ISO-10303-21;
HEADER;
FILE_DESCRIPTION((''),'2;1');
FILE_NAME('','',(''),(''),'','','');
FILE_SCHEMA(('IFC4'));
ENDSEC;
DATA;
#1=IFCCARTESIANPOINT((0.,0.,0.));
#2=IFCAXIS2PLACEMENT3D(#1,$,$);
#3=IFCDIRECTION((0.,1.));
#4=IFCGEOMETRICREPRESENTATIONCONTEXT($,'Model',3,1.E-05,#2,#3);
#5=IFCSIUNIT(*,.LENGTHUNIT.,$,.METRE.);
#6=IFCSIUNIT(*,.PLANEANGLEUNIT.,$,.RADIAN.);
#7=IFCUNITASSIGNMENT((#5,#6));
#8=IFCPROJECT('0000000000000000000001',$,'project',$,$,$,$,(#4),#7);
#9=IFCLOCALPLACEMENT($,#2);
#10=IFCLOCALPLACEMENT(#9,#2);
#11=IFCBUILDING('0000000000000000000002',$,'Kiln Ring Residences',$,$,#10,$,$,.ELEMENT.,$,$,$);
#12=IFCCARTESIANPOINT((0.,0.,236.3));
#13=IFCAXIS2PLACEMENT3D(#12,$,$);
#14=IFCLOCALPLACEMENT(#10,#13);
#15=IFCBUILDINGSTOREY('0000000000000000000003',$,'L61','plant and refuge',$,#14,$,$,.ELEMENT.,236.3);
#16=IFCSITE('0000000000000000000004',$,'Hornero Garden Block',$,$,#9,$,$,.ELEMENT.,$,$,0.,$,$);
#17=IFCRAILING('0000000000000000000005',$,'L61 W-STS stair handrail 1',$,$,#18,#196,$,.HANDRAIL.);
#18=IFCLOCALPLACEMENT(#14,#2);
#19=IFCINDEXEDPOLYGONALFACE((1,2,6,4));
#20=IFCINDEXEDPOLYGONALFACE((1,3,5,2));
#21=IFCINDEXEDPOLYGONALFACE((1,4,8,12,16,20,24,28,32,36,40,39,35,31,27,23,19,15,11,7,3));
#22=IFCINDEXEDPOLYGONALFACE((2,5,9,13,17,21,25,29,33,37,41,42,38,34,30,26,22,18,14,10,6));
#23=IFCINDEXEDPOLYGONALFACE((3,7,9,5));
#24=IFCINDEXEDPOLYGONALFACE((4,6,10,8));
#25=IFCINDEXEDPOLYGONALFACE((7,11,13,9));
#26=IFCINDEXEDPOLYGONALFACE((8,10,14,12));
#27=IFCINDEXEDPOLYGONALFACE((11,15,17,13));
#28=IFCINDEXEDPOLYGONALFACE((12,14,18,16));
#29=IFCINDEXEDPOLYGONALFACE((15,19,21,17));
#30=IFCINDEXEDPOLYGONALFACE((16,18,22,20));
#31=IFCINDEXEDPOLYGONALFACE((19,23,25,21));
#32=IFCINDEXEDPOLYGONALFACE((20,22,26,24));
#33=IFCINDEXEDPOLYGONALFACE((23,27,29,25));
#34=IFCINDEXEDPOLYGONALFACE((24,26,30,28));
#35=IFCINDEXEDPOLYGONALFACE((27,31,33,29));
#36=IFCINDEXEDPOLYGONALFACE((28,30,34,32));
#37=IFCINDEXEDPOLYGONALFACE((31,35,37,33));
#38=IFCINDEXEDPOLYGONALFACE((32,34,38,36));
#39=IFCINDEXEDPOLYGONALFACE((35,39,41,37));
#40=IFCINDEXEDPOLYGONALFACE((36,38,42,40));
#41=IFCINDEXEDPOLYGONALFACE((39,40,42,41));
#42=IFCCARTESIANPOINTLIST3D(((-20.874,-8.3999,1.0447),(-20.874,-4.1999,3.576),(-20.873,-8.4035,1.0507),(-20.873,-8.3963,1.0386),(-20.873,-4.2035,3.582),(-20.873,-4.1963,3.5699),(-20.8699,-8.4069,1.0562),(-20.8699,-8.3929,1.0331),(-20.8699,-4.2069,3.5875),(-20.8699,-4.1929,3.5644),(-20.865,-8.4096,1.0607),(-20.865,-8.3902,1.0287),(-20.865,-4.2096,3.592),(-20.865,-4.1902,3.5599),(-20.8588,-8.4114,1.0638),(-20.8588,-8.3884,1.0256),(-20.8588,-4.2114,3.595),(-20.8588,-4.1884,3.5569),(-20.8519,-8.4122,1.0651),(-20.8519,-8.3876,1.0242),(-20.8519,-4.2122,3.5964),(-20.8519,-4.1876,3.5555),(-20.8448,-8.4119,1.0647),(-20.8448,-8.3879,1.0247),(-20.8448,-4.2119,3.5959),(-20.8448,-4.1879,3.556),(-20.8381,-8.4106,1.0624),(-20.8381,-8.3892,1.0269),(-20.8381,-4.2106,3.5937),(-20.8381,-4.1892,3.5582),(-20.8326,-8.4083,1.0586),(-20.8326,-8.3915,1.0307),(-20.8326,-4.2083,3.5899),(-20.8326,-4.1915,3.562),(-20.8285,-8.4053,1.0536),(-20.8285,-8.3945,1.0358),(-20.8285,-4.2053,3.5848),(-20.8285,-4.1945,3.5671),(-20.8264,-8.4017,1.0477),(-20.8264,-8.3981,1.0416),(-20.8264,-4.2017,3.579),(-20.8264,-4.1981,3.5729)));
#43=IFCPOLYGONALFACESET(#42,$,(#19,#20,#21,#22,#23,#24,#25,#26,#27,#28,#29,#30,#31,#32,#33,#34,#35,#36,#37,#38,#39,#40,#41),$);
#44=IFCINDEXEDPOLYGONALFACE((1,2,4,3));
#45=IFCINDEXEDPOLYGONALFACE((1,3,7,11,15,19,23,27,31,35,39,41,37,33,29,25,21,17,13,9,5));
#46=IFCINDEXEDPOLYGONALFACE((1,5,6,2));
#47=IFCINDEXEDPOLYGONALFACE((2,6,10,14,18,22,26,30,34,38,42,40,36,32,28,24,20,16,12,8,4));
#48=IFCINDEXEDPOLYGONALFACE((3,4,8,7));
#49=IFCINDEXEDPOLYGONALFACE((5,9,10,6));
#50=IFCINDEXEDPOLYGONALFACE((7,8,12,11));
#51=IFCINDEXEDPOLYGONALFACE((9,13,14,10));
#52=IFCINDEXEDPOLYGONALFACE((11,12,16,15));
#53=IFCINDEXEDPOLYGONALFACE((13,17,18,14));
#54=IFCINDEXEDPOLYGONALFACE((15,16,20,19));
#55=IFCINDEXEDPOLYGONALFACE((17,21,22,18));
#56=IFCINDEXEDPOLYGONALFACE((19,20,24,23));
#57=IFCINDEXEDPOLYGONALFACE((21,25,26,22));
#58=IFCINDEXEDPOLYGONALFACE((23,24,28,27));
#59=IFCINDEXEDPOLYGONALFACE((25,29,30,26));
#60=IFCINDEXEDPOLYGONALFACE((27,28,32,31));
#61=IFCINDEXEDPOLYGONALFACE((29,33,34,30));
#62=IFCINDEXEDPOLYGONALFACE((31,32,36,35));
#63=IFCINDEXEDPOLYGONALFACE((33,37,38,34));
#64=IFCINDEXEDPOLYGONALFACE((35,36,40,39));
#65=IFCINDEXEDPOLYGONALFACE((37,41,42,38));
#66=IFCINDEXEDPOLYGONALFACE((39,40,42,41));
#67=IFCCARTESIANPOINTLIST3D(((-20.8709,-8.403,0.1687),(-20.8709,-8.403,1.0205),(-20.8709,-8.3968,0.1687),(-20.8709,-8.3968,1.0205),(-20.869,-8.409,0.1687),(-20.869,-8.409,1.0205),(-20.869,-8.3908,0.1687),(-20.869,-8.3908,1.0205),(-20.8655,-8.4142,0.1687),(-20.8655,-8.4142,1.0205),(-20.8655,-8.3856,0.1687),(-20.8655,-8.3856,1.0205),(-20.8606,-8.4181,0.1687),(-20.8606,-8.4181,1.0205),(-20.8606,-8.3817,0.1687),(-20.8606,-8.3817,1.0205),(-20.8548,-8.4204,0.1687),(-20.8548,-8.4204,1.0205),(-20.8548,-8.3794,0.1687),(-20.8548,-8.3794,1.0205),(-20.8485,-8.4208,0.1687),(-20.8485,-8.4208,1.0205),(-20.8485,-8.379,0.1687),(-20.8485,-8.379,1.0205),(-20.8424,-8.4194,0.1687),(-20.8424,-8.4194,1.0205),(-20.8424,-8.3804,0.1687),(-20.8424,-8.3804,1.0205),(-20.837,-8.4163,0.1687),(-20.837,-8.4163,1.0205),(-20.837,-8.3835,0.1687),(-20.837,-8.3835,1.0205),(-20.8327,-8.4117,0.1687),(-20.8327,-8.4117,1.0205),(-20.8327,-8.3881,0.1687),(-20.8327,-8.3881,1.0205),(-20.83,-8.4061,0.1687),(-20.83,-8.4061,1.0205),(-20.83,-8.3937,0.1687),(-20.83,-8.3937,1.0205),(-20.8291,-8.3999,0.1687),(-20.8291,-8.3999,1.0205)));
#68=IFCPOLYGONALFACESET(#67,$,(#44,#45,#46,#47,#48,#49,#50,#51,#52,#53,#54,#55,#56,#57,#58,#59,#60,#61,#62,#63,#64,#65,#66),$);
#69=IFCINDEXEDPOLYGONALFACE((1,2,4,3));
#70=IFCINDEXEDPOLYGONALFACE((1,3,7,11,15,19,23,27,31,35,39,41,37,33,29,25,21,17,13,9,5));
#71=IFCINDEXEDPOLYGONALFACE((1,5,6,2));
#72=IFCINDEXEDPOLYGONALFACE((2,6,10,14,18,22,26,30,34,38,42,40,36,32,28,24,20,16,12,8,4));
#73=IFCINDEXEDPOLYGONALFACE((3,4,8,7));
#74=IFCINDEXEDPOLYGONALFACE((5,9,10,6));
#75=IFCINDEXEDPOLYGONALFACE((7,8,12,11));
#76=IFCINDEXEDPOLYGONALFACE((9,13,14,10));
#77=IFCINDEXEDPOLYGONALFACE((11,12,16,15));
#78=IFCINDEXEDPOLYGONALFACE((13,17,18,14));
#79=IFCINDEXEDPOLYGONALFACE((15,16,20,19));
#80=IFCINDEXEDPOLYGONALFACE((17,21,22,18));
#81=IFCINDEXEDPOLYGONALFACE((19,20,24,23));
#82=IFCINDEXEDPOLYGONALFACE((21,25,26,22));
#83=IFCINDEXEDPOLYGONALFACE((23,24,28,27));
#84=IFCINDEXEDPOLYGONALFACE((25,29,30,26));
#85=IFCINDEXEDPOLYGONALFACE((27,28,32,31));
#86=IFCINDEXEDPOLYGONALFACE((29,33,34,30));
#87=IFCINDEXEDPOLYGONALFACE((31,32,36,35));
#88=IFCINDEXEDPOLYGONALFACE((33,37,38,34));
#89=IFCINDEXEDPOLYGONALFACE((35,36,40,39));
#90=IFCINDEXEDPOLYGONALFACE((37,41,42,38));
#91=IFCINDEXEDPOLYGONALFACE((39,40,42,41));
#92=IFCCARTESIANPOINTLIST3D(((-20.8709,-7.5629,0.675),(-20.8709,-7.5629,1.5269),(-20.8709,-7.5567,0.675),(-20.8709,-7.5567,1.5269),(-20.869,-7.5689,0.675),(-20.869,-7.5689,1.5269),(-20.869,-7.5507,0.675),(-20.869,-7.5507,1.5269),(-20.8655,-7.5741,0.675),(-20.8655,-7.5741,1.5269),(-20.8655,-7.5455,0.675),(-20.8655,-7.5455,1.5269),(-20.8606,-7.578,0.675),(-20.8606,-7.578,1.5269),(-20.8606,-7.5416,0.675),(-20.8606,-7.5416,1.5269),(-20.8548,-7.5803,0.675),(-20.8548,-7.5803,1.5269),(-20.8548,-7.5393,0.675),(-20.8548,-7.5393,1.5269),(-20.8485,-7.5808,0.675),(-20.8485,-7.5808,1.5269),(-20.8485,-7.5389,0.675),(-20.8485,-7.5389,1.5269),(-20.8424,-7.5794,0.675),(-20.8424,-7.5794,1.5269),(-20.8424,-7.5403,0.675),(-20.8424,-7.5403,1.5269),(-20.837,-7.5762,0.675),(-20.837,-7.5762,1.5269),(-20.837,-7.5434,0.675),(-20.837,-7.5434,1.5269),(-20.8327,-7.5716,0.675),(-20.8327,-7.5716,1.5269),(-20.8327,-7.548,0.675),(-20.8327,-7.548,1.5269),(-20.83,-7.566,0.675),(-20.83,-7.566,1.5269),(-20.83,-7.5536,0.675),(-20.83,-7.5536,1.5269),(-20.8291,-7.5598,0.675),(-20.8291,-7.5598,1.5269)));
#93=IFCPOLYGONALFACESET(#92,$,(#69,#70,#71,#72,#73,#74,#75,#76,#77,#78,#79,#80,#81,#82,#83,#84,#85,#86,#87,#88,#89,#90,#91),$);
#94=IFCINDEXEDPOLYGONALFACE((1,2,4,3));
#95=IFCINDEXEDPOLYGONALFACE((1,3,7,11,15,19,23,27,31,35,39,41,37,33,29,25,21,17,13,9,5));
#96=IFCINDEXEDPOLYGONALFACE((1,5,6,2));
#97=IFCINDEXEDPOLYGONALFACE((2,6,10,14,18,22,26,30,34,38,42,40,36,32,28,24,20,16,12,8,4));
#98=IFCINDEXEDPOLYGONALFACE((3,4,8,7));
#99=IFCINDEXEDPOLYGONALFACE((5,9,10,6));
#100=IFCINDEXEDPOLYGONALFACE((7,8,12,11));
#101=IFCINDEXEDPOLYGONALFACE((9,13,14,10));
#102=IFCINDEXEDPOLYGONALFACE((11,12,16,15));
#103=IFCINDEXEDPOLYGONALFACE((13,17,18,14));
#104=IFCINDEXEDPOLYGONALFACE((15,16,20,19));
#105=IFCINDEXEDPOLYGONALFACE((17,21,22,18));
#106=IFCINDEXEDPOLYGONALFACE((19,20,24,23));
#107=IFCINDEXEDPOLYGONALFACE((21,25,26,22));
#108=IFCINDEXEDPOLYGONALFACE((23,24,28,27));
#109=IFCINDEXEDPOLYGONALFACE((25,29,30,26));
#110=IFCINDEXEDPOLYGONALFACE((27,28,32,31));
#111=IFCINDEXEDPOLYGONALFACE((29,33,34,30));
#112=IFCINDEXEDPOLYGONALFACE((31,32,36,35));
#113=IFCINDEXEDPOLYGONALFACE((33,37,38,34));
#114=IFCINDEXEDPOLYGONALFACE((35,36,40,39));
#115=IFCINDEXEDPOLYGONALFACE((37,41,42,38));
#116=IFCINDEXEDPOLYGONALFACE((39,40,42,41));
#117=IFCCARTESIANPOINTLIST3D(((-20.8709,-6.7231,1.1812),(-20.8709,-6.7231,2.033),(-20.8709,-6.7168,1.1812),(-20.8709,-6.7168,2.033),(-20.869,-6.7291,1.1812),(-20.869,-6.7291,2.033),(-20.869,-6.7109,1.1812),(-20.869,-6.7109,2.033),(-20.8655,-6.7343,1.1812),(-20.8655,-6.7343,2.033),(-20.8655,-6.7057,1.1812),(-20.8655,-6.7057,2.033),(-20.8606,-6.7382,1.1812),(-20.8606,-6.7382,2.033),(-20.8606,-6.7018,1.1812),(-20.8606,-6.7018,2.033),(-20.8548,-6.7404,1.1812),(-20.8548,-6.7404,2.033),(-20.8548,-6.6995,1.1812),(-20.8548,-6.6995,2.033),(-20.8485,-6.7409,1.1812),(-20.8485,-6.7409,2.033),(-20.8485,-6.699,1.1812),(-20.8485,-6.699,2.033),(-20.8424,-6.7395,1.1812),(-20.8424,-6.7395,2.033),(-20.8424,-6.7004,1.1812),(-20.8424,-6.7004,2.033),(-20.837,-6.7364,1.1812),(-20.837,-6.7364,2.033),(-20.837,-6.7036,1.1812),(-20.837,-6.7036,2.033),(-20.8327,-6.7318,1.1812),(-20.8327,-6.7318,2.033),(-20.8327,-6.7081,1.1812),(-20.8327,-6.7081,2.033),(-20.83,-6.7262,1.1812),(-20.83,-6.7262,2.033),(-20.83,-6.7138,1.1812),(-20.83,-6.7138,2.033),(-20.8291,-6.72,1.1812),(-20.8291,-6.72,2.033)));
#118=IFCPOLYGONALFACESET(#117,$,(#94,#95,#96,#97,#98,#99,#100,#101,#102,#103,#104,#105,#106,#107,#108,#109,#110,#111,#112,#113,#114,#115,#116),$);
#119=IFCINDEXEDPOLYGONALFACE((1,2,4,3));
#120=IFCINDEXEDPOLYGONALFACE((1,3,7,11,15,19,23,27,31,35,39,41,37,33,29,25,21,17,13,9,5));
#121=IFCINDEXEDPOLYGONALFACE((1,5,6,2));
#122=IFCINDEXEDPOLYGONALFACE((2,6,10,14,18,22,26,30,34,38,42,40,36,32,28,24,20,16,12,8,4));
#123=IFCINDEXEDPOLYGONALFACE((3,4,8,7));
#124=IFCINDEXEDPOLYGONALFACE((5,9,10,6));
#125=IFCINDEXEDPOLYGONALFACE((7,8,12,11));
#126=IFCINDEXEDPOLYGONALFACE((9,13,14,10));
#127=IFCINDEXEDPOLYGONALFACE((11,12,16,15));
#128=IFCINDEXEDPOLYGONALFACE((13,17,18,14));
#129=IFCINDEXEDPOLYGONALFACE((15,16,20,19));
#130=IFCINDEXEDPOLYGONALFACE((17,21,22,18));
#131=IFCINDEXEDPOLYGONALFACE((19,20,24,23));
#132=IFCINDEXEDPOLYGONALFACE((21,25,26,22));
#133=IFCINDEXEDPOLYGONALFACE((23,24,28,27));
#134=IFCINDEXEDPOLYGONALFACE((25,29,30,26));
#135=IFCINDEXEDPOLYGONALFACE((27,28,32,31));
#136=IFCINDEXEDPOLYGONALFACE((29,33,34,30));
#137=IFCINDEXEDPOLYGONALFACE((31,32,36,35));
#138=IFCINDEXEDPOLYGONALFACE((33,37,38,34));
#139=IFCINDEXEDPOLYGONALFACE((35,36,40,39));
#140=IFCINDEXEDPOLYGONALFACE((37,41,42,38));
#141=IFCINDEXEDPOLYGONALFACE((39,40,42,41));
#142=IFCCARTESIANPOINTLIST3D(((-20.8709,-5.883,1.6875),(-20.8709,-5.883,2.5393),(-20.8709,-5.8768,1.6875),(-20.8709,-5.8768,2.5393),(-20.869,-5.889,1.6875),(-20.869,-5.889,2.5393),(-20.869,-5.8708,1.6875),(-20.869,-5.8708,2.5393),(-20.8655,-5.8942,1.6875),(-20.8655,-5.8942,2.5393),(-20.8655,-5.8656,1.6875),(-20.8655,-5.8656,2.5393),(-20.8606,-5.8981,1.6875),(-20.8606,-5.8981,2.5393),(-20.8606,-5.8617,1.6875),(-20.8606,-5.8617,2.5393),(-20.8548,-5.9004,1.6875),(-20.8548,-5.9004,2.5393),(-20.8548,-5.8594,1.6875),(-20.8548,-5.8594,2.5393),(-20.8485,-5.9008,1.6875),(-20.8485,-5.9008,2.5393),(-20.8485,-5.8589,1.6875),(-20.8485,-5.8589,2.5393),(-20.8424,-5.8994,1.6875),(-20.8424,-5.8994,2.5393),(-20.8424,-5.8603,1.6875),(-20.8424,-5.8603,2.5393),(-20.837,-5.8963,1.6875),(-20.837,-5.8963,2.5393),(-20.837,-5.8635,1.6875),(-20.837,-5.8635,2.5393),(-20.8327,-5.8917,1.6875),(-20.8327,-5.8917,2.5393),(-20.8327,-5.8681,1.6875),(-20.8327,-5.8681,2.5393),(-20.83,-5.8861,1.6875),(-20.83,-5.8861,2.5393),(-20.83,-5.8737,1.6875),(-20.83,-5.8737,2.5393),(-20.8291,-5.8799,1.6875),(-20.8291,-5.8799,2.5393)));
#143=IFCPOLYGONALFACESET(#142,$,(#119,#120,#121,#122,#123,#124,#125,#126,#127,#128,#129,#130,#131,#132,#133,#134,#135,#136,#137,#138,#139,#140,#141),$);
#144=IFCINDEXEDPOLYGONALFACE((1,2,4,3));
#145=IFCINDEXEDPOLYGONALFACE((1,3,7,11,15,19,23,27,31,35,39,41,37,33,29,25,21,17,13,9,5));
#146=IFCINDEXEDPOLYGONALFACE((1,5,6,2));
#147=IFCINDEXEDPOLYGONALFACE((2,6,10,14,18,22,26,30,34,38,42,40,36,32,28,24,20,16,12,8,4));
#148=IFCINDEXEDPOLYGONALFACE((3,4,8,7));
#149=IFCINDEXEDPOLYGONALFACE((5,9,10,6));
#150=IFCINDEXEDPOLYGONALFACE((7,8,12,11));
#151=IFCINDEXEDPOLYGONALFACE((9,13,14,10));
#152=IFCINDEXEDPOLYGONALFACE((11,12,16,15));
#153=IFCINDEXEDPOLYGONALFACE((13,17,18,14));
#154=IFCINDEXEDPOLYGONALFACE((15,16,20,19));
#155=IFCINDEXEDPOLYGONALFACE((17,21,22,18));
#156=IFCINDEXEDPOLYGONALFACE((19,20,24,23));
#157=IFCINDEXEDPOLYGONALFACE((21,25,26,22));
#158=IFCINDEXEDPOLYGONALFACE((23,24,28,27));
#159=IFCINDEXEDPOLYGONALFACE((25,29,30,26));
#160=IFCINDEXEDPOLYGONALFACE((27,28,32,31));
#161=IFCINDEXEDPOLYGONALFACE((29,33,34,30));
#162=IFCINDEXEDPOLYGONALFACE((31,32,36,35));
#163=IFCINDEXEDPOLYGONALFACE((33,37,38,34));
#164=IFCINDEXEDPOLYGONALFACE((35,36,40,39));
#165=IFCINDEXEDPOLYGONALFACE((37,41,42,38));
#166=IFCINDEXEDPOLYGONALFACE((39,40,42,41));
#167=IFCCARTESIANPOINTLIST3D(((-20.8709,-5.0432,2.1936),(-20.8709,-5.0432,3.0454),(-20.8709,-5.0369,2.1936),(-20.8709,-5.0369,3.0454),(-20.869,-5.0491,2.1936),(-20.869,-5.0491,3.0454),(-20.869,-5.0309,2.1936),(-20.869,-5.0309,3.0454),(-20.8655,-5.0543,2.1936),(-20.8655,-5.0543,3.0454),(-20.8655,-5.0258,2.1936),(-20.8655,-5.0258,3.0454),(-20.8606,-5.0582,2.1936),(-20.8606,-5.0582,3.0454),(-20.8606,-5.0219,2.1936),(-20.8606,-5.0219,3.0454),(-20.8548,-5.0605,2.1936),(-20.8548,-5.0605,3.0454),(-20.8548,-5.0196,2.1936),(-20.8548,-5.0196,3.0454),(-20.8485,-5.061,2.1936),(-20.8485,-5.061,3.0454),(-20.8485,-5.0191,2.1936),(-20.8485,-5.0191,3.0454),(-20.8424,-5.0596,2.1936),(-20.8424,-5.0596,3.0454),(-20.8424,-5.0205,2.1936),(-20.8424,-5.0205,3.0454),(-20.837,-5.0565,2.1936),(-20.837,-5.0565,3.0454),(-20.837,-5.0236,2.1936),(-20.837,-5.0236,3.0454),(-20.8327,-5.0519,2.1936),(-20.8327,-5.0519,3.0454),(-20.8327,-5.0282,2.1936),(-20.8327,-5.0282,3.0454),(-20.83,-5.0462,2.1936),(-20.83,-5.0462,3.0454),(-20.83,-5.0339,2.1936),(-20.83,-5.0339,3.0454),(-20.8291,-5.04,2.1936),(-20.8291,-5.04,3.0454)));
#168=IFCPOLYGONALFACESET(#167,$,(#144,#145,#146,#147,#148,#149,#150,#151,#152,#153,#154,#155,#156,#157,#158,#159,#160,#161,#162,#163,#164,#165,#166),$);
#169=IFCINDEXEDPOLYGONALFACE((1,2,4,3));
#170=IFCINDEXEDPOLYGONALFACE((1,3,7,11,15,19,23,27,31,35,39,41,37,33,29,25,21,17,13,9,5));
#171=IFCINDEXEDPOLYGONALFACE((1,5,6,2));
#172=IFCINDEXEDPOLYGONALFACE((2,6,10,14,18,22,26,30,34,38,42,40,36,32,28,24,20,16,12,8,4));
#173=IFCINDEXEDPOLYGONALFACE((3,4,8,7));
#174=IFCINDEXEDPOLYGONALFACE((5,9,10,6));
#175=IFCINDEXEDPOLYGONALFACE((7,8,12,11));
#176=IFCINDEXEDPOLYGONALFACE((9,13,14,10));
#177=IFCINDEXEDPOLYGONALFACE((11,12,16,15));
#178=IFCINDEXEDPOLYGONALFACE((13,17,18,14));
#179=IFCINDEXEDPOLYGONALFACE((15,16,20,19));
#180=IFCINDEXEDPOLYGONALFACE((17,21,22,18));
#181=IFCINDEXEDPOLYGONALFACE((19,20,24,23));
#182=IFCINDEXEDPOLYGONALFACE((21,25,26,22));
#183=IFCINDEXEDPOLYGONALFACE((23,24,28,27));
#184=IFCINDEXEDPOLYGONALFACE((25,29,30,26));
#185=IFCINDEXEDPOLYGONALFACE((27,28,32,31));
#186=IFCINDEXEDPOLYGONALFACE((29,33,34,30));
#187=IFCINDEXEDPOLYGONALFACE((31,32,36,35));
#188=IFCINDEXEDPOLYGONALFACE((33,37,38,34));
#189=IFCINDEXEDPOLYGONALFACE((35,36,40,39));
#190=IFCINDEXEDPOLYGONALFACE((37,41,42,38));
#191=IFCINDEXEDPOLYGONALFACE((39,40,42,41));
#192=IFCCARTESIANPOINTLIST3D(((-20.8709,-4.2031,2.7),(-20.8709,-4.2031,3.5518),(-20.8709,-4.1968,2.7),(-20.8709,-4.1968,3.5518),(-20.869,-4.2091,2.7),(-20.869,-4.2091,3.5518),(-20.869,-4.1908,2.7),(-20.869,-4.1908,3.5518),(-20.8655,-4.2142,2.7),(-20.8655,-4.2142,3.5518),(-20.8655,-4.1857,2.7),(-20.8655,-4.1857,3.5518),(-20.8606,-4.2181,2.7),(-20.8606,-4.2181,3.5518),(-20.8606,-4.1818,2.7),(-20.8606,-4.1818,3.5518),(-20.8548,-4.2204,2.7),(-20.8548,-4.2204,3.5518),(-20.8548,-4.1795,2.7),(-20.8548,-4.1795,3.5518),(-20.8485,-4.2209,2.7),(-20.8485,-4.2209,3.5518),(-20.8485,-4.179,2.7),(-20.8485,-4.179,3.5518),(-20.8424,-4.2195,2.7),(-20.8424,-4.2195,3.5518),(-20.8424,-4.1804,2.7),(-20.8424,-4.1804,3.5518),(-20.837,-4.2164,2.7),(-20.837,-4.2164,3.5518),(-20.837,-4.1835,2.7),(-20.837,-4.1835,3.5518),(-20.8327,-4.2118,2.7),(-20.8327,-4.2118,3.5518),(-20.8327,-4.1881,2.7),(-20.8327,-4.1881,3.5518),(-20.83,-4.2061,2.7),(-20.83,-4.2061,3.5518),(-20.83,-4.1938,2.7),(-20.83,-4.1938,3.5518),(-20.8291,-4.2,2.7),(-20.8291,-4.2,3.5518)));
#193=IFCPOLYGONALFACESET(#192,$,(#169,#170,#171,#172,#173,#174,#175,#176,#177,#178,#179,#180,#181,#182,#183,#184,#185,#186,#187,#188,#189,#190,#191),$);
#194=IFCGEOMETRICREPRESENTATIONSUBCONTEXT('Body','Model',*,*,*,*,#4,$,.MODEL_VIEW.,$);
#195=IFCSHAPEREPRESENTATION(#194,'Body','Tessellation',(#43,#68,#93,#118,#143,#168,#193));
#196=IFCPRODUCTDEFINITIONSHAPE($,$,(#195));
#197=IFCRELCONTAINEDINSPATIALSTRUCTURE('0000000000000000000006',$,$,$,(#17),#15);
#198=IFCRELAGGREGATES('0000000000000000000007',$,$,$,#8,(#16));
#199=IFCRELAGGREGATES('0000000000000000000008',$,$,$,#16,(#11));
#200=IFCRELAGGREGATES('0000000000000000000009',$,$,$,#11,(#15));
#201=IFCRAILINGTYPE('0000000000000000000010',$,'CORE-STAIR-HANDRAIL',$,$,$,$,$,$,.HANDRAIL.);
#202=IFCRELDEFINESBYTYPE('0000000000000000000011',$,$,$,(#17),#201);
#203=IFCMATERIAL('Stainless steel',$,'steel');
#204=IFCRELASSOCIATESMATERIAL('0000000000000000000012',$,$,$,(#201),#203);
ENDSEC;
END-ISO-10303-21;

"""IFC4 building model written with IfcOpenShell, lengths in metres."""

from ifc_helpers import new_model, si_unit, direction, frame, origin, origin_2d, place, context, subcontext, project, spatial, circle, extrude, material, type_object, element, save


model = new_model("IFC4")

# Units and contexts
model_context = context("Model", 3, precision=1e-05, world=origin(), true_north=direction((0.0, 1.0)))
body_context = subcontext(model_context, "Body", "Model", "MODEL_VIEW")
ifc_project = project(units=[si_unit("LENGTHUNIT", "METRE"), si_unit("PLANEANGLEUNIT", "RADIAN")], contexts=[model_context])

# Site, building, storey
site_placement = place(None, origin())
site = spatial("IfcSite", under=ifc_project, at=site_placement, Name="Hornero Garden Block", CompositionType="ELEMENT", RefElevation=0.0)
building_placement = place(site_placement, origin())
building = spatial("IfcBuilding", under=site, at=building_placement, Name="Kiln Ring Residences", CompositionType="ELEMENT")
storey_placement = place(building_placement, frame((0.0, 0.0, 236.3)))
storey = spatial("IfcBuildingStorey", under=building, at=storey_placement, Name="L61", Description="plant and refuge", CompositionType="ELEMENT", Elevation=236.3)

# Railing
ifc_material_1 = material(Name="Stainless steel", Category="steel")
railing_type_1 = type_object("IfcRailingType", Name="CORE-STAIR-HANDRAIL", PredefinedType="HANDRAIL", material=ifc_material_1)
railing_1_placement = place(storey_placement, frame((-20.8501, -8.3999, 0.1687)))
element("IfcRailing", 1, at=railing_1_placement, inside=storey, type_object=railing_type_1, Name="L61 W-STS stair handrail 1", PredefinedType="HANDRAIL", context=body_context, shape_type="SweptSolid", body=[
    extrude(circle(Radius=0.0239, at=origin_2d()), frame((0.0, 0.0, 0.876), z_axis=(0.0, 0.856476, 0.516186), x_axis=(-1.0, 0.0, 0.0)), (0.0, 0.0, 1.0), 4.9038),
    extrude(circle(Radius=0.021, at=origin_2d()), origin(), (0.0, 0.0, 1.0), 0.8518),
    extrude(circle(Radius=0.021, at=origin_2d()), frame((0.0, 0.8401, 0.5063)), (0.0, 0.0, 1.0), 0.8518),
    extrude(circle(Radius=0.021, at=origin_2d()), frame((0.0, 1.6799, 1.0125)), (0.0, 0.0, 1.0), 0.8518),
    extrude(circle(Radius=0.021, at=origin_2d()), frame((0.0, 2.52, 1.5188)), (0.0, 0.0, 1.0), 0.8518),
    extrude(circle(Radius=0.021, at=origin_2d()), frame((0.0, 3.3599, 2.0249)), (0.0, 0.0, 1.0), 0.8518),
    extrude(circle(Radius=0.021, at=origin_2d()), frame((0.0, 4.2, 2.5312)), (0.0, 0.0, 1.0), 0.8518),
])

save(model, "model.ifc")
